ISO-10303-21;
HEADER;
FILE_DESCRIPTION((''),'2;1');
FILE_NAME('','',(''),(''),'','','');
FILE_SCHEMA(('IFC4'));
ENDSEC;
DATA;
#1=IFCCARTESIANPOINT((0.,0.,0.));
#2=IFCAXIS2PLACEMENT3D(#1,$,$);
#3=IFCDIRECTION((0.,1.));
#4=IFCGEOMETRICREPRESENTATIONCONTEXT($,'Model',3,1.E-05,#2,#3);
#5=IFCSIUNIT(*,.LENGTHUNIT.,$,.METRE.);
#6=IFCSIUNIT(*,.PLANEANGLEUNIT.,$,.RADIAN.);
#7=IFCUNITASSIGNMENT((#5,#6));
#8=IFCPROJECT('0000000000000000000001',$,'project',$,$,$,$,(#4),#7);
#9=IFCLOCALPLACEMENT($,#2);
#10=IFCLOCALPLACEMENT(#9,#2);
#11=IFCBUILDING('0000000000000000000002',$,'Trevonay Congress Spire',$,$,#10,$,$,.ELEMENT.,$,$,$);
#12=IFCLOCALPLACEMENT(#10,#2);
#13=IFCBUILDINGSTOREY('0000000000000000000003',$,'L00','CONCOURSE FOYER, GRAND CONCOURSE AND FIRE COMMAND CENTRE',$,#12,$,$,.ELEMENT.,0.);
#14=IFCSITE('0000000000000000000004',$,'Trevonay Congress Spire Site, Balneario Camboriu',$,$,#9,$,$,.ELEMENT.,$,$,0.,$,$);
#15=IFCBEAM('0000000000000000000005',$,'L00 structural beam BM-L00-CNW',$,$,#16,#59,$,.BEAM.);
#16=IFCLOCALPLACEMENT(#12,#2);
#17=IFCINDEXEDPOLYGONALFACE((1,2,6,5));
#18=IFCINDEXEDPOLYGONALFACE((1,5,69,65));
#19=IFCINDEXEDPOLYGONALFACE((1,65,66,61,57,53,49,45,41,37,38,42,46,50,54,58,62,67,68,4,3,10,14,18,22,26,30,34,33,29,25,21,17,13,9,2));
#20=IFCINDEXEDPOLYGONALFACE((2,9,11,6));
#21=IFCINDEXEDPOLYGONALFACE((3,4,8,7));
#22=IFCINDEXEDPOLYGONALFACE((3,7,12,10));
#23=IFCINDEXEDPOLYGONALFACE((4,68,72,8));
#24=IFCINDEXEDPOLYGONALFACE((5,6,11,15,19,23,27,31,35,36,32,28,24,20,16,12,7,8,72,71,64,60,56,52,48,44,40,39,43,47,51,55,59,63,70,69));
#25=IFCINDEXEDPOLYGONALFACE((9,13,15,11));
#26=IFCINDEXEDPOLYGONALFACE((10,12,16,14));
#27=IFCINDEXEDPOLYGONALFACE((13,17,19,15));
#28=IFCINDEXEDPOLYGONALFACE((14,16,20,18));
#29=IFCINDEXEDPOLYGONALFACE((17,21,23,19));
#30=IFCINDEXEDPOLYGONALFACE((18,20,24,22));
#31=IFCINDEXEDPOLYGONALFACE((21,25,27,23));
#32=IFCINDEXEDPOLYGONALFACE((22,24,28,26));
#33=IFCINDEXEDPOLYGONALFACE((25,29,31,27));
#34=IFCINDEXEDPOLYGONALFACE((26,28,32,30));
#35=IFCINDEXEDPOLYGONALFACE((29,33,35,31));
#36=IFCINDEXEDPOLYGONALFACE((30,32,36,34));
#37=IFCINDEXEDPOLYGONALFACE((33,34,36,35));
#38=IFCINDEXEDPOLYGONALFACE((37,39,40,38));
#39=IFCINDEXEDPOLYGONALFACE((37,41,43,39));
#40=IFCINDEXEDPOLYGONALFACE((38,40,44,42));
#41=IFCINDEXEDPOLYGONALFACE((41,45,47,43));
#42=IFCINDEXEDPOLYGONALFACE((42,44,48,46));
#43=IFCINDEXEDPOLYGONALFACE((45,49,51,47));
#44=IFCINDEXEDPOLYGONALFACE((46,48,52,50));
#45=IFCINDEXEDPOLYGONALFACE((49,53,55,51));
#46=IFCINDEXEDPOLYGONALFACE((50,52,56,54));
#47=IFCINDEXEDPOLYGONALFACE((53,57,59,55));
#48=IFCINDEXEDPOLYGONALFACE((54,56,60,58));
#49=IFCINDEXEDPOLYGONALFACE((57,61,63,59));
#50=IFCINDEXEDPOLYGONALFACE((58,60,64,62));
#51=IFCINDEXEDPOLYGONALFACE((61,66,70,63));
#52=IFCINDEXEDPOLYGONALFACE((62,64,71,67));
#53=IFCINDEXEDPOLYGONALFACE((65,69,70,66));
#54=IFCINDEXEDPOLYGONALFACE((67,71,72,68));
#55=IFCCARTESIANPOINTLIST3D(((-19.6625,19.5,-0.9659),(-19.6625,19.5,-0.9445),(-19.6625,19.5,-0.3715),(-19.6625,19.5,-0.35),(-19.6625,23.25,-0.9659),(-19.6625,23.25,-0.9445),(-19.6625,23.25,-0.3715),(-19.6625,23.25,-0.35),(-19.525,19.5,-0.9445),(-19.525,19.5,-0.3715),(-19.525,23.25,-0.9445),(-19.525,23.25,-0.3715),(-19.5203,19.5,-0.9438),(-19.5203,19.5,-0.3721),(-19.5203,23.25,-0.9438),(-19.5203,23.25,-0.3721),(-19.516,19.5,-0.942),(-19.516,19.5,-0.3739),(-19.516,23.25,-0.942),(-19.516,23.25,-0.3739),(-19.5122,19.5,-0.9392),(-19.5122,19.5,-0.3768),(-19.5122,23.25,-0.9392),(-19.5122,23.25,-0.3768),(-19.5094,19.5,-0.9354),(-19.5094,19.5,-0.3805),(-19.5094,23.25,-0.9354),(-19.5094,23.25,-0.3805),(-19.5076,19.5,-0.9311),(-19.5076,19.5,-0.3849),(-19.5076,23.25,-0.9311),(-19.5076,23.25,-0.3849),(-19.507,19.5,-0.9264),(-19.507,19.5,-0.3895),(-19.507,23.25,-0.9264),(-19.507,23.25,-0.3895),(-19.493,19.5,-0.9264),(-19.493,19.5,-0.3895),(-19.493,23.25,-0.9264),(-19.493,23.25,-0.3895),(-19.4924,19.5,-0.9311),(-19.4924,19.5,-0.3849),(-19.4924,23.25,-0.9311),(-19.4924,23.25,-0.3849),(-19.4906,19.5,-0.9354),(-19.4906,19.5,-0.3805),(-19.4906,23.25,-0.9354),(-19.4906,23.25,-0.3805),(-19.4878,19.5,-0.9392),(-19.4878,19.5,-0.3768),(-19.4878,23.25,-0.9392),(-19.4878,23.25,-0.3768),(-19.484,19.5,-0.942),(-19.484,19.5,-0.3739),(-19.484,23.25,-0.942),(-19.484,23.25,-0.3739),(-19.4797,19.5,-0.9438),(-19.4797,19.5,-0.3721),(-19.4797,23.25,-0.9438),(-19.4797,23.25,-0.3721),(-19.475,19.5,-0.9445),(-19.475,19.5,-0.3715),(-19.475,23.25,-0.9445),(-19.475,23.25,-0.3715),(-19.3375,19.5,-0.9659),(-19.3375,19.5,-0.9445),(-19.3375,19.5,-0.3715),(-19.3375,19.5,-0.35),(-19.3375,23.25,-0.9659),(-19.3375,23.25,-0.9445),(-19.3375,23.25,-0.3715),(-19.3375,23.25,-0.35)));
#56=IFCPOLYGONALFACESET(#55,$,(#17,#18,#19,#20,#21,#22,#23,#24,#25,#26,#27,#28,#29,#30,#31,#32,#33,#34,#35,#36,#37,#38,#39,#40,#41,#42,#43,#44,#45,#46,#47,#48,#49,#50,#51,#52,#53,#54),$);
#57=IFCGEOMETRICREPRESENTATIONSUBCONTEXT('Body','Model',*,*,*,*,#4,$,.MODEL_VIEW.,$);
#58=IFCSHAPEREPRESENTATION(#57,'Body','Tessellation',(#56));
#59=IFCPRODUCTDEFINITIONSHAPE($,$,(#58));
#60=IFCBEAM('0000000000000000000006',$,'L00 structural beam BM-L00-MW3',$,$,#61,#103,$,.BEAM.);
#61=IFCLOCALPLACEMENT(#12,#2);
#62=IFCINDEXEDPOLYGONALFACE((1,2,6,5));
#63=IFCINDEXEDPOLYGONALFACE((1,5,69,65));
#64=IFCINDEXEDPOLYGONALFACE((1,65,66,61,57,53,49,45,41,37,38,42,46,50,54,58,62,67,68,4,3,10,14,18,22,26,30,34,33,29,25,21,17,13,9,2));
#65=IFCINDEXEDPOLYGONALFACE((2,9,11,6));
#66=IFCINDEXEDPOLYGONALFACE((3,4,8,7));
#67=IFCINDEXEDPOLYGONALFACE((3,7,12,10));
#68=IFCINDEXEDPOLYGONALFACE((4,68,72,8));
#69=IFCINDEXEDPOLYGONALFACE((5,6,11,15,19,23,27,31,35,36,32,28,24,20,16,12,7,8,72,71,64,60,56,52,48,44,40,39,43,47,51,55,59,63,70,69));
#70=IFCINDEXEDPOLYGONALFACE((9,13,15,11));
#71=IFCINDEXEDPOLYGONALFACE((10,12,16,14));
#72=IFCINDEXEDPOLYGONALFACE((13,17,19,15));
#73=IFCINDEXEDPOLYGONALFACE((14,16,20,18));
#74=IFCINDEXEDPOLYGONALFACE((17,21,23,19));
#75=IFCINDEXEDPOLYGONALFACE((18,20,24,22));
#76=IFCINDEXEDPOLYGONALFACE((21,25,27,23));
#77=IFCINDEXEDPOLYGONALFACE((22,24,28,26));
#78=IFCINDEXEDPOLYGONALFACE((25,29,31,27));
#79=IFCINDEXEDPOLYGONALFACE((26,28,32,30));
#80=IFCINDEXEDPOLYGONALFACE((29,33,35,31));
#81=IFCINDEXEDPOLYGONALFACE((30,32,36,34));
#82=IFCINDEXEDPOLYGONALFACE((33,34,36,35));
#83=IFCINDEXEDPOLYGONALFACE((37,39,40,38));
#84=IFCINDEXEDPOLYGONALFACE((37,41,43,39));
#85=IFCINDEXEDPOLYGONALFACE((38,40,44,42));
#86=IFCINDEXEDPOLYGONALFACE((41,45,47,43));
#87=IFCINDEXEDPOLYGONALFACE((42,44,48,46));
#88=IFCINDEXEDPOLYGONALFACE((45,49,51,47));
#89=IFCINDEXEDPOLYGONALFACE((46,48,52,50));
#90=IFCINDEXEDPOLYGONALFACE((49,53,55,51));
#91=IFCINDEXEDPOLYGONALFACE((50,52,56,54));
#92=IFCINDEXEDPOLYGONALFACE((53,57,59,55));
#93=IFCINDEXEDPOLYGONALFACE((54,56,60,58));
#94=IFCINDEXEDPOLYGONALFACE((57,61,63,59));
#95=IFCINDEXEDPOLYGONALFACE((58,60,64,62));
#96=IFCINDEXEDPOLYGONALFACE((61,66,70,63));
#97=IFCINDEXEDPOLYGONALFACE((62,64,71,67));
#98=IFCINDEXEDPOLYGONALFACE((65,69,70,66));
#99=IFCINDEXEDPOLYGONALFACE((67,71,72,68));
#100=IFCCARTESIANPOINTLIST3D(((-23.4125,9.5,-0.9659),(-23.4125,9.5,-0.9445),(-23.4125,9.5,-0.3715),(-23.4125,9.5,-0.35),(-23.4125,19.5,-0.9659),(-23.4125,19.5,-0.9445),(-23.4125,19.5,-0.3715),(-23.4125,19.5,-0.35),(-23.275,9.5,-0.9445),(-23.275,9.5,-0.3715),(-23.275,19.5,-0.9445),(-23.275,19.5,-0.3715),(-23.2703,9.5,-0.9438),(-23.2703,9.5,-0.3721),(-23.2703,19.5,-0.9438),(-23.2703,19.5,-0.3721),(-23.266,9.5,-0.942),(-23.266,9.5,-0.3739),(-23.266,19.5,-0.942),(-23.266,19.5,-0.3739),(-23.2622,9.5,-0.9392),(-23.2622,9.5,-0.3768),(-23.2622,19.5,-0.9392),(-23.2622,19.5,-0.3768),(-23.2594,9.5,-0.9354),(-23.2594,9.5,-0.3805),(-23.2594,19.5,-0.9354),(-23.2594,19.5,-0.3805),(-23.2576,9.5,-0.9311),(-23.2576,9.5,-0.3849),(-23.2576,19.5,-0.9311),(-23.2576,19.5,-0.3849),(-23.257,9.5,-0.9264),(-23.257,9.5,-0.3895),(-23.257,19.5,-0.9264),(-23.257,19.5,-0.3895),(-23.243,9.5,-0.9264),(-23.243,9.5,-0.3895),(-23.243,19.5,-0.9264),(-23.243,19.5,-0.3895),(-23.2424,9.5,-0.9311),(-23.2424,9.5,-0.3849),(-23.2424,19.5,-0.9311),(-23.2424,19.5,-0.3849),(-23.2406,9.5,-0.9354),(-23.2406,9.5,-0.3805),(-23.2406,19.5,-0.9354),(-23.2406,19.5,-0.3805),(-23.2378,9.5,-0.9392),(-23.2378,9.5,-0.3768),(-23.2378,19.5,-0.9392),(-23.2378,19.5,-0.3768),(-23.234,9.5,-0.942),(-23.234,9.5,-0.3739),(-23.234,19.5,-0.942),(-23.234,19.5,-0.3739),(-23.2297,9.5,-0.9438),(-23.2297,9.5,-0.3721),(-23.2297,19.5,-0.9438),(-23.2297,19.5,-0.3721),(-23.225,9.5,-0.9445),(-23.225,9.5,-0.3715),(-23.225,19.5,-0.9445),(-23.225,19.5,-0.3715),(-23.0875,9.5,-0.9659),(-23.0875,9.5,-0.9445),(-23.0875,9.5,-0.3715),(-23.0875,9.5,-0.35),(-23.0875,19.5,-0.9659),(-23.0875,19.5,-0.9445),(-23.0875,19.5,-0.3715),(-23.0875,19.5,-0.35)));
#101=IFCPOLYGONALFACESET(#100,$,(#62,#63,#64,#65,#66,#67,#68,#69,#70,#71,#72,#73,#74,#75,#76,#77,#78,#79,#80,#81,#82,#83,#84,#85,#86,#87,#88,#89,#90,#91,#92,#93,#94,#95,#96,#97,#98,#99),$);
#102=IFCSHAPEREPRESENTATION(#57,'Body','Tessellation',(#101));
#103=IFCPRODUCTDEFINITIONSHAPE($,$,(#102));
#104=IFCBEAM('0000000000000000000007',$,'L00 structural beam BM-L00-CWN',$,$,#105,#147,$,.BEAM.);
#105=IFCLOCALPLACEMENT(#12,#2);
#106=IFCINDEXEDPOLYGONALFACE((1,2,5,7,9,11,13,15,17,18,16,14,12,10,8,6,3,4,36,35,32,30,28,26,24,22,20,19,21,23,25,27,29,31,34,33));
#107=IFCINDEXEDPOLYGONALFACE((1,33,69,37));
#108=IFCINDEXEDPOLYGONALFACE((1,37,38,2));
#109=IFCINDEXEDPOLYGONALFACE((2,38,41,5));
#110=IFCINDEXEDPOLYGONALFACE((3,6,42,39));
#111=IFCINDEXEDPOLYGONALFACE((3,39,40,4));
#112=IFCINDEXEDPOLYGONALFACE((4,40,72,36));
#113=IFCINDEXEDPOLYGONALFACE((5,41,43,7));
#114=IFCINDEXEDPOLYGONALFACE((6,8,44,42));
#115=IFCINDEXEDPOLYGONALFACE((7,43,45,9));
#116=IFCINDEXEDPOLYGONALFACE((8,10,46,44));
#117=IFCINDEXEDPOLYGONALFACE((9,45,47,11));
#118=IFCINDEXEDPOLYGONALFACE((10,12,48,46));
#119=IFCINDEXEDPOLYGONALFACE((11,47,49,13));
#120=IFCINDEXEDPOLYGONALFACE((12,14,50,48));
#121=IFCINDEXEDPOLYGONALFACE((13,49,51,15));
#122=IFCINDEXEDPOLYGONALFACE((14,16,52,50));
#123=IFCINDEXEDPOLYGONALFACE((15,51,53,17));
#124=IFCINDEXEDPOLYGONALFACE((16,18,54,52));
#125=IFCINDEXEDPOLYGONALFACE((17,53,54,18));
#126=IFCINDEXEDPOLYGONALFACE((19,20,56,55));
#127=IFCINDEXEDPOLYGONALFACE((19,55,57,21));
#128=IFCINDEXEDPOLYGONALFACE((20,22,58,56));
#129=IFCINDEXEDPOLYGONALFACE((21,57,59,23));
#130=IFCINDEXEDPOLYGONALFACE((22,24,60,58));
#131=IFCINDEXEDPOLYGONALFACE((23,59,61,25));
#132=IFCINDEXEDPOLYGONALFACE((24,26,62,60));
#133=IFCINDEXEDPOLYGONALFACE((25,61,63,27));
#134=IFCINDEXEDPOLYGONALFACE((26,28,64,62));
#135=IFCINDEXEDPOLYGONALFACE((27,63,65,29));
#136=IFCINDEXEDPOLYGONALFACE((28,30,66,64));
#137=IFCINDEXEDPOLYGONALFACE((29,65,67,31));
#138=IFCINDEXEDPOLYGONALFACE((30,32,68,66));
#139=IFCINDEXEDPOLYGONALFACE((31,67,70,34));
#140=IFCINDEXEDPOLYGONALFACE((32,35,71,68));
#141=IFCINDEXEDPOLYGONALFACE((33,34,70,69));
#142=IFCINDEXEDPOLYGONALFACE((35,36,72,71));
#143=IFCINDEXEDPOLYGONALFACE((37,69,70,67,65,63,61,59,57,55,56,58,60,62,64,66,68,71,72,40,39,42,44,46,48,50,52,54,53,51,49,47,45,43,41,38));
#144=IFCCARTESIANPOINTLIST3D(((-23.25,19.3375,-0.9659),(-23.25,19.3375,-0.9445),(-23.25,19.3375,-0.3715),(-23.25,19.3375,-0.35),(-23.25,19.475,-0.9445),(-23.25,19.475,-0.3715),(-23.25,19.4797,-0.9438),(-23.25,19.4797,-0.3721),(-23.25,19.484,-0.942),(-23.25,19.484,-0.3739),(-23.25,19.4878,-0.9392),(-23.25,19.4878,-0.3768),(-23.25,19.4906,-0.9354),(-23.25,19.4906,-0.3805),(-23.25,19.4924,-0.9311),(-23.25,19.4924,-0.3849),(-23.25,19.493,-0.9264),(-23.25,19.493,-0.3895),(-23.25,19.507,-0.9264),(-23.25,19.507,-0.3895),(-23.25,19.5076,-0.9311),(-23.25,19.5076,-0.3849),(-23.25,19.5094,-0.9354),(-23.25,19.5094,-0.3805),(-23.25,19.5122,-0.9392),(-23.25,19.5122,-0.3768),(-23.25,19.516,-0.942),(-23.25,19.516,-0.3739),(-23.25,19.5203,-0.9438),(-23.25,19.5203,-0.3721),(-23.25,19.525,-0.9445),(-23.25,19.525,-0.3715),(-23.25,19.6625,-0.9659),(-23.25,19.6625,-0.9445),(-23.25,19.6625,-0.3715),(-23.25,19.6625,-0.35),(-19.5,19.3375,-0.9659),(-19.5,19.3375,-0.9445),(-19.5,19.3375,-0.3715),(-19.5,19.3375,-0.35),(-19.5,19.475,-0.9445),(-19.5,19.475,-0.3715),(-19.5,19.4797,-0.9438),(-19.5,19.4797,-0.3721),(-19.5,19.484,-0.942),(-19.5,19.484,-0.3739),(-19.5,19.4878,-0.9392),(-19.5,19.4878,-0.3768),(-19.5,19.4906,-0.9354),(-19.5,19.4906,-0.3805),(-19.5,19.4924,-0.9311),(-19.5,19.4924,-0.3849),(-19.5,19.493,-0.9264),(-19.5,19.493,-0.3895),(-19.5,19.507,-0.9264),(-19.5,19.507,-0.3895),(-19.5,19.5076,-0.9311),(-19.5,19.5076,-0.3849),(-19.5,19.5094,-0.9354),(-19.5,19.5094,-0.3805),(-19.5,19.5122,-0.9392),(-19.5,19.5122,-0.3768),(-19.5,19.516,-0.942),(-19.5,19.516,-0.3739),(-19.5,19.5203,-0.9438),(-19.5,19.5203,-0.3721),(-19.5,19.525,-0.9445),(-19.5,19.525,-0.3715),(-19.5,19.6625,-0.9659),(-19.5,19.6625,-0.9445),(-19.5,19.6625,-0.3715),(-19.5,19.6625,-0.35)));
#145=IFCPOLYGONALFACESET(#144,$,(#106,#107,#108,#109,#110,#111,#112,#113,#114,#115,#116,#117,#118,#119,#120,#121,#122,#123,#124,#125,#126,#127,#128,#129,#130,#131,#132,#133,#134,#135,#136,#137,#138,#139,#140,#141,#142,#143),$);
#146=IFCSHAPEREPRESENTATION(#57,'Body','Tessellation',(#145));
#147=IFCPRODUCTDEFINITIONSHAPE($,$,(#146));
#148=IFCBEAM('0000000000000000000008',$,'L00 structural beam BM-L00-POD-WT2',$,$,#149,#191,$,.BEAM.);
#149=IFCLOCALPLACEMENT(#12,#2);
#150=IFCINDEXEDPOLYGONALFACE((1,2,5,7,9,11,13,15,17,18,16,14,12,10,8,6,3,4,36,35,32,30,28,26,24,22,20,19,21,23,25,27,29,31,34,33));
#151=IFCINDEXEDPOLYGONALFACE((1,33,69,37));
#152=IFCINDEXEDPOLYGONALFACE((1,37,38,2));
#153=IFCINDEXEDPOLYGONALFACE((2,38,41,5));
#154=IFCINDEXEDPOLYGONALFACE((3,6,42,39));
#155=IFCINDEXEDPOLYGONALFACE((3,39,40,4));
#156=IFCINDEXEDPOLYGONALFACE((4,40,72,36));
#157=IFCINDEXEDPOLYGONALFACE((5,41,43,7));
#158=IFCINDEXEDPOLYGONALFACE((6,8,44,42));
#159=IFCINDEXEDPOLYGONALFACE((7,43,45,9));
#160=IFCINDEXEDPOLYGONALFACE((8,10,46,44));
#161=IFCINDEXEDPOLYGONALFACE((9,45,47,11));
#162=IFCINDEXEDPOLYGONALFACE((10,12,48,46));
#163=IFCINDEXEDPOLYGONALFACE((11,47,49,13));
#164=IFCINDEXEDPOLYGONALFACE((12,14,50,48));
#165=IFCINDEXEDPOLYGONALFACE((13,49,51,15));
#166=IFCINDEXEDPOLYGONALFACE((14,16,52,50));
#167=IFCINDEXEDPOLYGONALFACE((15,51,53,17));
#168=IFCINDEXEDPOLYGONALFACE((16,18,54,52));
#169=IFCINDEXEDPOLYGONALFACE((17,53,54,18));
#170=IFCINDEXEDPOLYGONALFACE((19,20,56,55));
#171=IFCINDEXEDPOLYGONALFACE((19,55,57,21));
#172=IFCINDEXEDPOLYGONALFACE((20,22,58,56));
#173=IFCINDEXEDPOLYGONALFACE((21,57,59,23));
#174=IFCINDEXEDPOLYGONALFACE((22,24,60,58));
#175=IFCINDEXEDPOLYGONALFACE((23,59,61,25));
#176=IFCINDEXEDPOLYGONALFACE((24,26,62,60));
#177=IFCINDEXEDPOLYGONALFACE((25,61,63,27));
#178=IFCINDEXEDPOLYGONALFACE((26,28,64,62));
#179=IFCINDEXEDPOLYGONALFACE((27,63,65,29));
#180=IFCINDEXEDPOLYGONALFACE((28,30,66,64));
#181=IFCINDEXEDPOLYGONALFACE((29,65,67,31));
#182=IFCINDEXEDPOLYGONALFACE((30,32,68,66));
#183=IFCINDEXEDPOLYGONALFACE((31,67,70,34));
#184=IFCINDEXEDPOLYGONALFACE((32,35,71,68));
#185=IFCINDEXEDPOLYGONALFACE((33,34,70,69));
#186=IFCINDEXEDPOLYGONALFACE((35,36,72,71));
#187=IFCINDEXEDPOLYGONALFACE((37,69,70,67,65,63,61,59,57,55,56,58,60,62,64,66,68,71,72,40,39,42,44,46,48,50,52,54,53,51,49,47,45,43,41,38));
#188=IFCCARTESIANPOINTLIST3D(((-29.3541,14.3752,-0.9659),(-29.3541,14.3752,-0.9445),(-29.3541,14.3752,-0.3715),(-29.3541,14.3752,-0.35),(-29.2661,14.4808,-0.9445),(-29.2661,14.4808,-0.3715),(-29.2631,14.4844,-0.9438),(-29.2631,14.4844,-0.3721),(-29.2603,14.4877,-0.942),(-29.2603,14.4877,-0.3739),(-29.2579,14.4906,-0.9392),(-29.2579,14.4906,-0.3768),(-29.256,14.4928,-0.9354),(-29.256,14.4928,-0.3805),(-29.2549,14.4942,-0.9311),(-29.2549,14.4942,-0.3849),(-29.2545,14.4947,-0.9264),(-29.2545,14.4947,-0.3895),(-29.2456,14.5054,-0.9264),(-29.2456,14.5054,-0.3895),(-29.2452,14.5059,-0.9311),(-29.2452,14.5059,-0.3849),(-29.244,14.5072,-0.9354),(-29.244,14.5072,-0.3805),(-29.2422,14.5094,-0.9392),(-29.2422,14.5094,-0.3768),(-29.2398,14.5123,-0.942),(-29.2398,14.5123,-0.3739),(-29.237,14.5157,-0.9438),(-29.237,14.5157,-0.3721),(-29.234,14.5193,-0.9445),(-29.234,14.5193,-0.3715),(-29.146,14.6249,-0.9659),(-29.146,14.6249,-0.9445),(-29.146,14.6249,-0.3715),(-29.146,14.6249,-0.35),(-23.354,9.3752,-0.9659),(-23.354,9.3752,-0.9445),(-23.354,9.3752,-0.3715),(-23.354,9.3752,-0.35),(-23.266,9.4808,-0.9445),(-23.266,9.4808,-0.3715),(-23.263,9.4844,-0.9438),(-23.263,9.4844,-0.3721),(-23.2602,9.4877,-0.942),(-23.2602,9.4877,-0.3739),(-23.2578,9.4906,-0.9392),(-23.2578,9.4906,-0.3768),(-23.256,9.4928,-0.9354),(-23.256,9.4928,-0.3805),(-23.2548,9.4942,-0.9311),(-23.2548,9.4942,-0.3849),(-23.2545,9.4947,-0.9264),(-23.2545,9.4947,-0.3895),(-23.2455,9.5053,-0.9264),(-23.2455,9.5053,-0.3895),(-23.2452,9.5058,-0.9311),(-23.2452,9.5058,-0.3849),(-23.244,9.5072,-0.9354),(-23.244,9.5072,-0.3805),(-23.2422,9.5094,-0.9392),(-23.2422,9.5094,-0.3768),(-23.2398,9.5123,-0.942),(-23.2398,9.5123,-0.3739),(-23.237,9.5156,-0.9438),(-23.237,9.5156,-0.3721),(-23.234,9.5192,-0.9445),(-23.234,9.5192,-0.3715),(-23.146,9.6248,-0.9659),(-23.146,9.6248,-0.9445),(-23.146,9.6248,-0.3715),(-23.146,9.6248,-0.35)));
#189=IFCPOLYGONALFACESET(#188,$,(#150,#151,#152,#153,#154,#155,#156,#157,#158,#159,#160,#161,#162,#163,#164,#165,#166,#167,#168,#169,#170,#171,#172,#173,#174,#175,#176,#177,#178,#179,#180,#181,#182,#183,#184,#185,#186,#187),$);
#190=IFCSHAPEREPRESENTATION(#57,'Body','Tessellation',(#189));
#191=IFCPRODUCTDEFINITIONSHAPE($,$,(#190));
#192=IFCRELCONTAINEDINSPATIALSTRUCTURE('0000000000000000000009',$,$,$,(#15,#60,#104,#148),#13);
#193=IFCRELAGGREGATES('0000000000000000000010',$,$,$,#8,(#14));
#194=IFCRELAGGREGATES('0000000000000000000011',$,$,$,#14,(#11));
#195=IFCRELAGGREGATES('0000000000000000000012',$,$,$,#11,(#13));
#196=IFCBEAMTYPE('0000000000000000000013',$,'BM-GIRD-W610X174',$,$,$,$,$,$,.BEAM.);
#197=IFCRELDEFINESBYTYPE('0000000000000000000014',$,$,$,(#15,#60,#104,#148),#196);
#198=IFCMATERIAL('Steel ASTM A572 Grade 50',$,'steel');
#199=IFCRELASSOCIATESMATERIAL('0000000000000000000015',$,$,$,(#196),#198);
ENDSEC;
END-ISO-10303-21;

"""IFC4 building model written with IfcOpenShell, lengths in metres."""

from ifc_helpers import new_model, si_unit, direction, frame, origin, origin_2d, place, context, subcontext, project, spatial, i_section, extrude, material, material_profile, profile_set, type_object, element, save


model = new_model("IFC4")

# Units and contexts
model_context = context("Model", 3, precision=1e-05, world=origin(), true_north=direction((0.0, 1.0)))
body_context = subcontext(model_context, "Body", "Model", "MODEL_VIEW")
ifc_project = project(units=[si_unit("LENGTHUNIT", "METRE"), si_unit("PLANEANGLEUNIT", "RADIAN")], contexts=[model_context])

# Site, building, storey
site_placement = place(None, origin())
site = spatial("IfcSite", under=ifc_project, at=site_placement, Name="Trevonay Congress Spire Site, Balneario Camboriu", CompositionType="ELEMENT", RefElevation=0.0)
building_placement = place(site_placement, origin())
building = spatial("IfcBuilding", under=site, at=building_placement, Name="Trevonay Congress Spire", CompositionType="ELEMENT")
storey_placement = place(building_placement, origin())
storey = spatial("IfcBuildingStorey", under=building, at=storey_placement, Name="L00", Description="CONCOURSE FOYER, GRAND CONCOURSE AND FIRE COMMAND CENTRE", CompositionType="ELEMENT", Elevation=0.0)

# Shared definitions
ifc_material_1 = material(Name="Steel ASTM A572 Grade 50", Category="steel")

# Beams
ifc_material_profile_1 = material_profile(ifc_material_1, i_section(OverallWidth=0.325, OverallDepth=0.616, WebThickness=0.0139, FlangeThickness=0.0215, FilletRadius=0.0181, at=origin_2d()), Name="W610x174")
ifc_profile_set_1 = profile_set([ifc_material_profile_1], Name="Steel ASTM A572 Grade 50")
beam_type_1 = type_object("IfcBeamType", Name="BM-GIRD-W610X174", PredefinedType="BEAM", material=ifc_profile_set_1)
beam_1_placement = place(storey_placement, frame((-19.5, 23.25, -0.658), z_axis=(0.0, -1.0, 0.0), x_axis=(1.0, 0.0, 0.0)))
element("IfcBeam", 1, at=beam_1_placement, inside=storey, type_object=beam_type_1, Name="L00 structural beam BM-L00-CNW", PredefinedType="BEAM", context=body_context, shape_type="SweptSolid", body=[
    extrude(i_section(OverallWidth=0.325, OverallDepth=0.616, WebThickness=0.0139, FlangeThickness=0.0215, FilletRadius=0.0181, at=origin_2d()), origin(), (0.0, 0.0, 1.0), 3.75),
])
beam_2_placement = place(storey_placement, frame((-23.25, 9.5, -0.658), z_axis=(0.0, 1.0, 0.0), x_axis=(-1.0, 0.0, 0.0)))
element("IfcBeam", 2, at=beam_2_placement, inside=storey, type_object=beam_type_1, Name="L00 structural beam BM-L00-MW3", PredefinedType="BEAM", context=body_context, shape_type="SweptSolid", body=[
    extrude(i_section(OverallWidth=0.325, OverallDepth=0.616, WebThickness=0.0139, FlangeThickness=0.0215, FilletRadius=0.0181, at=origin_2d()), origin(), (0.0, 0.0, 1.0), 10.0),
])
beam_3_placement = place(storey_placement, frame((-23.25, 19.5, -0.658), z_axis=(1.0, 0.0, 0.0), x_axis=(0.0, 1.0, 0.0)))
element("IfcBeam", 3, at=beam_3_placement, inside=storey, type_object=beam_type_1, Name="L00 structural beam BM-L00-CWN", PredefinedType="BEAM", context=body_context, shape_type="SweptSolid", body=[
    extrude(i_section(OverallWidth=0.325, OverallDepth=0.616, WebThickness=0.0139, FlangeThickness=0.0215, FilletRadius=0.0181, at=origin_2d()), origin(), (0.0, 0.0, 1.0), 3.75),
])
beam_4_placement = place(storey_placement, frame((-23.25, 9.5, -0.658), z_axis=(-0.768221, 0.640184, 0.0), x_axis=(-0.640184, -0.768221, 0.0)))
element("IfcBeam", 4, at=beam_4_placement, inside=storey, type_object=beam_type_1, Name="L00 structural beam BM-L00-POD-WT2", PredefinedType="BEAM", context=body_context, shape_type="SweptSolid", body=[
    extrude(i_section(OverallWidth=0.325, OverallDepth=0.616, WebThickness=0.0139, FlangeThickness=0.0215, FilletRadius=0.0181, at=origin_2d()), origin(), (0.0, 0.0, 1.0), 7.8103),
])

save(model, "model.ifc")
